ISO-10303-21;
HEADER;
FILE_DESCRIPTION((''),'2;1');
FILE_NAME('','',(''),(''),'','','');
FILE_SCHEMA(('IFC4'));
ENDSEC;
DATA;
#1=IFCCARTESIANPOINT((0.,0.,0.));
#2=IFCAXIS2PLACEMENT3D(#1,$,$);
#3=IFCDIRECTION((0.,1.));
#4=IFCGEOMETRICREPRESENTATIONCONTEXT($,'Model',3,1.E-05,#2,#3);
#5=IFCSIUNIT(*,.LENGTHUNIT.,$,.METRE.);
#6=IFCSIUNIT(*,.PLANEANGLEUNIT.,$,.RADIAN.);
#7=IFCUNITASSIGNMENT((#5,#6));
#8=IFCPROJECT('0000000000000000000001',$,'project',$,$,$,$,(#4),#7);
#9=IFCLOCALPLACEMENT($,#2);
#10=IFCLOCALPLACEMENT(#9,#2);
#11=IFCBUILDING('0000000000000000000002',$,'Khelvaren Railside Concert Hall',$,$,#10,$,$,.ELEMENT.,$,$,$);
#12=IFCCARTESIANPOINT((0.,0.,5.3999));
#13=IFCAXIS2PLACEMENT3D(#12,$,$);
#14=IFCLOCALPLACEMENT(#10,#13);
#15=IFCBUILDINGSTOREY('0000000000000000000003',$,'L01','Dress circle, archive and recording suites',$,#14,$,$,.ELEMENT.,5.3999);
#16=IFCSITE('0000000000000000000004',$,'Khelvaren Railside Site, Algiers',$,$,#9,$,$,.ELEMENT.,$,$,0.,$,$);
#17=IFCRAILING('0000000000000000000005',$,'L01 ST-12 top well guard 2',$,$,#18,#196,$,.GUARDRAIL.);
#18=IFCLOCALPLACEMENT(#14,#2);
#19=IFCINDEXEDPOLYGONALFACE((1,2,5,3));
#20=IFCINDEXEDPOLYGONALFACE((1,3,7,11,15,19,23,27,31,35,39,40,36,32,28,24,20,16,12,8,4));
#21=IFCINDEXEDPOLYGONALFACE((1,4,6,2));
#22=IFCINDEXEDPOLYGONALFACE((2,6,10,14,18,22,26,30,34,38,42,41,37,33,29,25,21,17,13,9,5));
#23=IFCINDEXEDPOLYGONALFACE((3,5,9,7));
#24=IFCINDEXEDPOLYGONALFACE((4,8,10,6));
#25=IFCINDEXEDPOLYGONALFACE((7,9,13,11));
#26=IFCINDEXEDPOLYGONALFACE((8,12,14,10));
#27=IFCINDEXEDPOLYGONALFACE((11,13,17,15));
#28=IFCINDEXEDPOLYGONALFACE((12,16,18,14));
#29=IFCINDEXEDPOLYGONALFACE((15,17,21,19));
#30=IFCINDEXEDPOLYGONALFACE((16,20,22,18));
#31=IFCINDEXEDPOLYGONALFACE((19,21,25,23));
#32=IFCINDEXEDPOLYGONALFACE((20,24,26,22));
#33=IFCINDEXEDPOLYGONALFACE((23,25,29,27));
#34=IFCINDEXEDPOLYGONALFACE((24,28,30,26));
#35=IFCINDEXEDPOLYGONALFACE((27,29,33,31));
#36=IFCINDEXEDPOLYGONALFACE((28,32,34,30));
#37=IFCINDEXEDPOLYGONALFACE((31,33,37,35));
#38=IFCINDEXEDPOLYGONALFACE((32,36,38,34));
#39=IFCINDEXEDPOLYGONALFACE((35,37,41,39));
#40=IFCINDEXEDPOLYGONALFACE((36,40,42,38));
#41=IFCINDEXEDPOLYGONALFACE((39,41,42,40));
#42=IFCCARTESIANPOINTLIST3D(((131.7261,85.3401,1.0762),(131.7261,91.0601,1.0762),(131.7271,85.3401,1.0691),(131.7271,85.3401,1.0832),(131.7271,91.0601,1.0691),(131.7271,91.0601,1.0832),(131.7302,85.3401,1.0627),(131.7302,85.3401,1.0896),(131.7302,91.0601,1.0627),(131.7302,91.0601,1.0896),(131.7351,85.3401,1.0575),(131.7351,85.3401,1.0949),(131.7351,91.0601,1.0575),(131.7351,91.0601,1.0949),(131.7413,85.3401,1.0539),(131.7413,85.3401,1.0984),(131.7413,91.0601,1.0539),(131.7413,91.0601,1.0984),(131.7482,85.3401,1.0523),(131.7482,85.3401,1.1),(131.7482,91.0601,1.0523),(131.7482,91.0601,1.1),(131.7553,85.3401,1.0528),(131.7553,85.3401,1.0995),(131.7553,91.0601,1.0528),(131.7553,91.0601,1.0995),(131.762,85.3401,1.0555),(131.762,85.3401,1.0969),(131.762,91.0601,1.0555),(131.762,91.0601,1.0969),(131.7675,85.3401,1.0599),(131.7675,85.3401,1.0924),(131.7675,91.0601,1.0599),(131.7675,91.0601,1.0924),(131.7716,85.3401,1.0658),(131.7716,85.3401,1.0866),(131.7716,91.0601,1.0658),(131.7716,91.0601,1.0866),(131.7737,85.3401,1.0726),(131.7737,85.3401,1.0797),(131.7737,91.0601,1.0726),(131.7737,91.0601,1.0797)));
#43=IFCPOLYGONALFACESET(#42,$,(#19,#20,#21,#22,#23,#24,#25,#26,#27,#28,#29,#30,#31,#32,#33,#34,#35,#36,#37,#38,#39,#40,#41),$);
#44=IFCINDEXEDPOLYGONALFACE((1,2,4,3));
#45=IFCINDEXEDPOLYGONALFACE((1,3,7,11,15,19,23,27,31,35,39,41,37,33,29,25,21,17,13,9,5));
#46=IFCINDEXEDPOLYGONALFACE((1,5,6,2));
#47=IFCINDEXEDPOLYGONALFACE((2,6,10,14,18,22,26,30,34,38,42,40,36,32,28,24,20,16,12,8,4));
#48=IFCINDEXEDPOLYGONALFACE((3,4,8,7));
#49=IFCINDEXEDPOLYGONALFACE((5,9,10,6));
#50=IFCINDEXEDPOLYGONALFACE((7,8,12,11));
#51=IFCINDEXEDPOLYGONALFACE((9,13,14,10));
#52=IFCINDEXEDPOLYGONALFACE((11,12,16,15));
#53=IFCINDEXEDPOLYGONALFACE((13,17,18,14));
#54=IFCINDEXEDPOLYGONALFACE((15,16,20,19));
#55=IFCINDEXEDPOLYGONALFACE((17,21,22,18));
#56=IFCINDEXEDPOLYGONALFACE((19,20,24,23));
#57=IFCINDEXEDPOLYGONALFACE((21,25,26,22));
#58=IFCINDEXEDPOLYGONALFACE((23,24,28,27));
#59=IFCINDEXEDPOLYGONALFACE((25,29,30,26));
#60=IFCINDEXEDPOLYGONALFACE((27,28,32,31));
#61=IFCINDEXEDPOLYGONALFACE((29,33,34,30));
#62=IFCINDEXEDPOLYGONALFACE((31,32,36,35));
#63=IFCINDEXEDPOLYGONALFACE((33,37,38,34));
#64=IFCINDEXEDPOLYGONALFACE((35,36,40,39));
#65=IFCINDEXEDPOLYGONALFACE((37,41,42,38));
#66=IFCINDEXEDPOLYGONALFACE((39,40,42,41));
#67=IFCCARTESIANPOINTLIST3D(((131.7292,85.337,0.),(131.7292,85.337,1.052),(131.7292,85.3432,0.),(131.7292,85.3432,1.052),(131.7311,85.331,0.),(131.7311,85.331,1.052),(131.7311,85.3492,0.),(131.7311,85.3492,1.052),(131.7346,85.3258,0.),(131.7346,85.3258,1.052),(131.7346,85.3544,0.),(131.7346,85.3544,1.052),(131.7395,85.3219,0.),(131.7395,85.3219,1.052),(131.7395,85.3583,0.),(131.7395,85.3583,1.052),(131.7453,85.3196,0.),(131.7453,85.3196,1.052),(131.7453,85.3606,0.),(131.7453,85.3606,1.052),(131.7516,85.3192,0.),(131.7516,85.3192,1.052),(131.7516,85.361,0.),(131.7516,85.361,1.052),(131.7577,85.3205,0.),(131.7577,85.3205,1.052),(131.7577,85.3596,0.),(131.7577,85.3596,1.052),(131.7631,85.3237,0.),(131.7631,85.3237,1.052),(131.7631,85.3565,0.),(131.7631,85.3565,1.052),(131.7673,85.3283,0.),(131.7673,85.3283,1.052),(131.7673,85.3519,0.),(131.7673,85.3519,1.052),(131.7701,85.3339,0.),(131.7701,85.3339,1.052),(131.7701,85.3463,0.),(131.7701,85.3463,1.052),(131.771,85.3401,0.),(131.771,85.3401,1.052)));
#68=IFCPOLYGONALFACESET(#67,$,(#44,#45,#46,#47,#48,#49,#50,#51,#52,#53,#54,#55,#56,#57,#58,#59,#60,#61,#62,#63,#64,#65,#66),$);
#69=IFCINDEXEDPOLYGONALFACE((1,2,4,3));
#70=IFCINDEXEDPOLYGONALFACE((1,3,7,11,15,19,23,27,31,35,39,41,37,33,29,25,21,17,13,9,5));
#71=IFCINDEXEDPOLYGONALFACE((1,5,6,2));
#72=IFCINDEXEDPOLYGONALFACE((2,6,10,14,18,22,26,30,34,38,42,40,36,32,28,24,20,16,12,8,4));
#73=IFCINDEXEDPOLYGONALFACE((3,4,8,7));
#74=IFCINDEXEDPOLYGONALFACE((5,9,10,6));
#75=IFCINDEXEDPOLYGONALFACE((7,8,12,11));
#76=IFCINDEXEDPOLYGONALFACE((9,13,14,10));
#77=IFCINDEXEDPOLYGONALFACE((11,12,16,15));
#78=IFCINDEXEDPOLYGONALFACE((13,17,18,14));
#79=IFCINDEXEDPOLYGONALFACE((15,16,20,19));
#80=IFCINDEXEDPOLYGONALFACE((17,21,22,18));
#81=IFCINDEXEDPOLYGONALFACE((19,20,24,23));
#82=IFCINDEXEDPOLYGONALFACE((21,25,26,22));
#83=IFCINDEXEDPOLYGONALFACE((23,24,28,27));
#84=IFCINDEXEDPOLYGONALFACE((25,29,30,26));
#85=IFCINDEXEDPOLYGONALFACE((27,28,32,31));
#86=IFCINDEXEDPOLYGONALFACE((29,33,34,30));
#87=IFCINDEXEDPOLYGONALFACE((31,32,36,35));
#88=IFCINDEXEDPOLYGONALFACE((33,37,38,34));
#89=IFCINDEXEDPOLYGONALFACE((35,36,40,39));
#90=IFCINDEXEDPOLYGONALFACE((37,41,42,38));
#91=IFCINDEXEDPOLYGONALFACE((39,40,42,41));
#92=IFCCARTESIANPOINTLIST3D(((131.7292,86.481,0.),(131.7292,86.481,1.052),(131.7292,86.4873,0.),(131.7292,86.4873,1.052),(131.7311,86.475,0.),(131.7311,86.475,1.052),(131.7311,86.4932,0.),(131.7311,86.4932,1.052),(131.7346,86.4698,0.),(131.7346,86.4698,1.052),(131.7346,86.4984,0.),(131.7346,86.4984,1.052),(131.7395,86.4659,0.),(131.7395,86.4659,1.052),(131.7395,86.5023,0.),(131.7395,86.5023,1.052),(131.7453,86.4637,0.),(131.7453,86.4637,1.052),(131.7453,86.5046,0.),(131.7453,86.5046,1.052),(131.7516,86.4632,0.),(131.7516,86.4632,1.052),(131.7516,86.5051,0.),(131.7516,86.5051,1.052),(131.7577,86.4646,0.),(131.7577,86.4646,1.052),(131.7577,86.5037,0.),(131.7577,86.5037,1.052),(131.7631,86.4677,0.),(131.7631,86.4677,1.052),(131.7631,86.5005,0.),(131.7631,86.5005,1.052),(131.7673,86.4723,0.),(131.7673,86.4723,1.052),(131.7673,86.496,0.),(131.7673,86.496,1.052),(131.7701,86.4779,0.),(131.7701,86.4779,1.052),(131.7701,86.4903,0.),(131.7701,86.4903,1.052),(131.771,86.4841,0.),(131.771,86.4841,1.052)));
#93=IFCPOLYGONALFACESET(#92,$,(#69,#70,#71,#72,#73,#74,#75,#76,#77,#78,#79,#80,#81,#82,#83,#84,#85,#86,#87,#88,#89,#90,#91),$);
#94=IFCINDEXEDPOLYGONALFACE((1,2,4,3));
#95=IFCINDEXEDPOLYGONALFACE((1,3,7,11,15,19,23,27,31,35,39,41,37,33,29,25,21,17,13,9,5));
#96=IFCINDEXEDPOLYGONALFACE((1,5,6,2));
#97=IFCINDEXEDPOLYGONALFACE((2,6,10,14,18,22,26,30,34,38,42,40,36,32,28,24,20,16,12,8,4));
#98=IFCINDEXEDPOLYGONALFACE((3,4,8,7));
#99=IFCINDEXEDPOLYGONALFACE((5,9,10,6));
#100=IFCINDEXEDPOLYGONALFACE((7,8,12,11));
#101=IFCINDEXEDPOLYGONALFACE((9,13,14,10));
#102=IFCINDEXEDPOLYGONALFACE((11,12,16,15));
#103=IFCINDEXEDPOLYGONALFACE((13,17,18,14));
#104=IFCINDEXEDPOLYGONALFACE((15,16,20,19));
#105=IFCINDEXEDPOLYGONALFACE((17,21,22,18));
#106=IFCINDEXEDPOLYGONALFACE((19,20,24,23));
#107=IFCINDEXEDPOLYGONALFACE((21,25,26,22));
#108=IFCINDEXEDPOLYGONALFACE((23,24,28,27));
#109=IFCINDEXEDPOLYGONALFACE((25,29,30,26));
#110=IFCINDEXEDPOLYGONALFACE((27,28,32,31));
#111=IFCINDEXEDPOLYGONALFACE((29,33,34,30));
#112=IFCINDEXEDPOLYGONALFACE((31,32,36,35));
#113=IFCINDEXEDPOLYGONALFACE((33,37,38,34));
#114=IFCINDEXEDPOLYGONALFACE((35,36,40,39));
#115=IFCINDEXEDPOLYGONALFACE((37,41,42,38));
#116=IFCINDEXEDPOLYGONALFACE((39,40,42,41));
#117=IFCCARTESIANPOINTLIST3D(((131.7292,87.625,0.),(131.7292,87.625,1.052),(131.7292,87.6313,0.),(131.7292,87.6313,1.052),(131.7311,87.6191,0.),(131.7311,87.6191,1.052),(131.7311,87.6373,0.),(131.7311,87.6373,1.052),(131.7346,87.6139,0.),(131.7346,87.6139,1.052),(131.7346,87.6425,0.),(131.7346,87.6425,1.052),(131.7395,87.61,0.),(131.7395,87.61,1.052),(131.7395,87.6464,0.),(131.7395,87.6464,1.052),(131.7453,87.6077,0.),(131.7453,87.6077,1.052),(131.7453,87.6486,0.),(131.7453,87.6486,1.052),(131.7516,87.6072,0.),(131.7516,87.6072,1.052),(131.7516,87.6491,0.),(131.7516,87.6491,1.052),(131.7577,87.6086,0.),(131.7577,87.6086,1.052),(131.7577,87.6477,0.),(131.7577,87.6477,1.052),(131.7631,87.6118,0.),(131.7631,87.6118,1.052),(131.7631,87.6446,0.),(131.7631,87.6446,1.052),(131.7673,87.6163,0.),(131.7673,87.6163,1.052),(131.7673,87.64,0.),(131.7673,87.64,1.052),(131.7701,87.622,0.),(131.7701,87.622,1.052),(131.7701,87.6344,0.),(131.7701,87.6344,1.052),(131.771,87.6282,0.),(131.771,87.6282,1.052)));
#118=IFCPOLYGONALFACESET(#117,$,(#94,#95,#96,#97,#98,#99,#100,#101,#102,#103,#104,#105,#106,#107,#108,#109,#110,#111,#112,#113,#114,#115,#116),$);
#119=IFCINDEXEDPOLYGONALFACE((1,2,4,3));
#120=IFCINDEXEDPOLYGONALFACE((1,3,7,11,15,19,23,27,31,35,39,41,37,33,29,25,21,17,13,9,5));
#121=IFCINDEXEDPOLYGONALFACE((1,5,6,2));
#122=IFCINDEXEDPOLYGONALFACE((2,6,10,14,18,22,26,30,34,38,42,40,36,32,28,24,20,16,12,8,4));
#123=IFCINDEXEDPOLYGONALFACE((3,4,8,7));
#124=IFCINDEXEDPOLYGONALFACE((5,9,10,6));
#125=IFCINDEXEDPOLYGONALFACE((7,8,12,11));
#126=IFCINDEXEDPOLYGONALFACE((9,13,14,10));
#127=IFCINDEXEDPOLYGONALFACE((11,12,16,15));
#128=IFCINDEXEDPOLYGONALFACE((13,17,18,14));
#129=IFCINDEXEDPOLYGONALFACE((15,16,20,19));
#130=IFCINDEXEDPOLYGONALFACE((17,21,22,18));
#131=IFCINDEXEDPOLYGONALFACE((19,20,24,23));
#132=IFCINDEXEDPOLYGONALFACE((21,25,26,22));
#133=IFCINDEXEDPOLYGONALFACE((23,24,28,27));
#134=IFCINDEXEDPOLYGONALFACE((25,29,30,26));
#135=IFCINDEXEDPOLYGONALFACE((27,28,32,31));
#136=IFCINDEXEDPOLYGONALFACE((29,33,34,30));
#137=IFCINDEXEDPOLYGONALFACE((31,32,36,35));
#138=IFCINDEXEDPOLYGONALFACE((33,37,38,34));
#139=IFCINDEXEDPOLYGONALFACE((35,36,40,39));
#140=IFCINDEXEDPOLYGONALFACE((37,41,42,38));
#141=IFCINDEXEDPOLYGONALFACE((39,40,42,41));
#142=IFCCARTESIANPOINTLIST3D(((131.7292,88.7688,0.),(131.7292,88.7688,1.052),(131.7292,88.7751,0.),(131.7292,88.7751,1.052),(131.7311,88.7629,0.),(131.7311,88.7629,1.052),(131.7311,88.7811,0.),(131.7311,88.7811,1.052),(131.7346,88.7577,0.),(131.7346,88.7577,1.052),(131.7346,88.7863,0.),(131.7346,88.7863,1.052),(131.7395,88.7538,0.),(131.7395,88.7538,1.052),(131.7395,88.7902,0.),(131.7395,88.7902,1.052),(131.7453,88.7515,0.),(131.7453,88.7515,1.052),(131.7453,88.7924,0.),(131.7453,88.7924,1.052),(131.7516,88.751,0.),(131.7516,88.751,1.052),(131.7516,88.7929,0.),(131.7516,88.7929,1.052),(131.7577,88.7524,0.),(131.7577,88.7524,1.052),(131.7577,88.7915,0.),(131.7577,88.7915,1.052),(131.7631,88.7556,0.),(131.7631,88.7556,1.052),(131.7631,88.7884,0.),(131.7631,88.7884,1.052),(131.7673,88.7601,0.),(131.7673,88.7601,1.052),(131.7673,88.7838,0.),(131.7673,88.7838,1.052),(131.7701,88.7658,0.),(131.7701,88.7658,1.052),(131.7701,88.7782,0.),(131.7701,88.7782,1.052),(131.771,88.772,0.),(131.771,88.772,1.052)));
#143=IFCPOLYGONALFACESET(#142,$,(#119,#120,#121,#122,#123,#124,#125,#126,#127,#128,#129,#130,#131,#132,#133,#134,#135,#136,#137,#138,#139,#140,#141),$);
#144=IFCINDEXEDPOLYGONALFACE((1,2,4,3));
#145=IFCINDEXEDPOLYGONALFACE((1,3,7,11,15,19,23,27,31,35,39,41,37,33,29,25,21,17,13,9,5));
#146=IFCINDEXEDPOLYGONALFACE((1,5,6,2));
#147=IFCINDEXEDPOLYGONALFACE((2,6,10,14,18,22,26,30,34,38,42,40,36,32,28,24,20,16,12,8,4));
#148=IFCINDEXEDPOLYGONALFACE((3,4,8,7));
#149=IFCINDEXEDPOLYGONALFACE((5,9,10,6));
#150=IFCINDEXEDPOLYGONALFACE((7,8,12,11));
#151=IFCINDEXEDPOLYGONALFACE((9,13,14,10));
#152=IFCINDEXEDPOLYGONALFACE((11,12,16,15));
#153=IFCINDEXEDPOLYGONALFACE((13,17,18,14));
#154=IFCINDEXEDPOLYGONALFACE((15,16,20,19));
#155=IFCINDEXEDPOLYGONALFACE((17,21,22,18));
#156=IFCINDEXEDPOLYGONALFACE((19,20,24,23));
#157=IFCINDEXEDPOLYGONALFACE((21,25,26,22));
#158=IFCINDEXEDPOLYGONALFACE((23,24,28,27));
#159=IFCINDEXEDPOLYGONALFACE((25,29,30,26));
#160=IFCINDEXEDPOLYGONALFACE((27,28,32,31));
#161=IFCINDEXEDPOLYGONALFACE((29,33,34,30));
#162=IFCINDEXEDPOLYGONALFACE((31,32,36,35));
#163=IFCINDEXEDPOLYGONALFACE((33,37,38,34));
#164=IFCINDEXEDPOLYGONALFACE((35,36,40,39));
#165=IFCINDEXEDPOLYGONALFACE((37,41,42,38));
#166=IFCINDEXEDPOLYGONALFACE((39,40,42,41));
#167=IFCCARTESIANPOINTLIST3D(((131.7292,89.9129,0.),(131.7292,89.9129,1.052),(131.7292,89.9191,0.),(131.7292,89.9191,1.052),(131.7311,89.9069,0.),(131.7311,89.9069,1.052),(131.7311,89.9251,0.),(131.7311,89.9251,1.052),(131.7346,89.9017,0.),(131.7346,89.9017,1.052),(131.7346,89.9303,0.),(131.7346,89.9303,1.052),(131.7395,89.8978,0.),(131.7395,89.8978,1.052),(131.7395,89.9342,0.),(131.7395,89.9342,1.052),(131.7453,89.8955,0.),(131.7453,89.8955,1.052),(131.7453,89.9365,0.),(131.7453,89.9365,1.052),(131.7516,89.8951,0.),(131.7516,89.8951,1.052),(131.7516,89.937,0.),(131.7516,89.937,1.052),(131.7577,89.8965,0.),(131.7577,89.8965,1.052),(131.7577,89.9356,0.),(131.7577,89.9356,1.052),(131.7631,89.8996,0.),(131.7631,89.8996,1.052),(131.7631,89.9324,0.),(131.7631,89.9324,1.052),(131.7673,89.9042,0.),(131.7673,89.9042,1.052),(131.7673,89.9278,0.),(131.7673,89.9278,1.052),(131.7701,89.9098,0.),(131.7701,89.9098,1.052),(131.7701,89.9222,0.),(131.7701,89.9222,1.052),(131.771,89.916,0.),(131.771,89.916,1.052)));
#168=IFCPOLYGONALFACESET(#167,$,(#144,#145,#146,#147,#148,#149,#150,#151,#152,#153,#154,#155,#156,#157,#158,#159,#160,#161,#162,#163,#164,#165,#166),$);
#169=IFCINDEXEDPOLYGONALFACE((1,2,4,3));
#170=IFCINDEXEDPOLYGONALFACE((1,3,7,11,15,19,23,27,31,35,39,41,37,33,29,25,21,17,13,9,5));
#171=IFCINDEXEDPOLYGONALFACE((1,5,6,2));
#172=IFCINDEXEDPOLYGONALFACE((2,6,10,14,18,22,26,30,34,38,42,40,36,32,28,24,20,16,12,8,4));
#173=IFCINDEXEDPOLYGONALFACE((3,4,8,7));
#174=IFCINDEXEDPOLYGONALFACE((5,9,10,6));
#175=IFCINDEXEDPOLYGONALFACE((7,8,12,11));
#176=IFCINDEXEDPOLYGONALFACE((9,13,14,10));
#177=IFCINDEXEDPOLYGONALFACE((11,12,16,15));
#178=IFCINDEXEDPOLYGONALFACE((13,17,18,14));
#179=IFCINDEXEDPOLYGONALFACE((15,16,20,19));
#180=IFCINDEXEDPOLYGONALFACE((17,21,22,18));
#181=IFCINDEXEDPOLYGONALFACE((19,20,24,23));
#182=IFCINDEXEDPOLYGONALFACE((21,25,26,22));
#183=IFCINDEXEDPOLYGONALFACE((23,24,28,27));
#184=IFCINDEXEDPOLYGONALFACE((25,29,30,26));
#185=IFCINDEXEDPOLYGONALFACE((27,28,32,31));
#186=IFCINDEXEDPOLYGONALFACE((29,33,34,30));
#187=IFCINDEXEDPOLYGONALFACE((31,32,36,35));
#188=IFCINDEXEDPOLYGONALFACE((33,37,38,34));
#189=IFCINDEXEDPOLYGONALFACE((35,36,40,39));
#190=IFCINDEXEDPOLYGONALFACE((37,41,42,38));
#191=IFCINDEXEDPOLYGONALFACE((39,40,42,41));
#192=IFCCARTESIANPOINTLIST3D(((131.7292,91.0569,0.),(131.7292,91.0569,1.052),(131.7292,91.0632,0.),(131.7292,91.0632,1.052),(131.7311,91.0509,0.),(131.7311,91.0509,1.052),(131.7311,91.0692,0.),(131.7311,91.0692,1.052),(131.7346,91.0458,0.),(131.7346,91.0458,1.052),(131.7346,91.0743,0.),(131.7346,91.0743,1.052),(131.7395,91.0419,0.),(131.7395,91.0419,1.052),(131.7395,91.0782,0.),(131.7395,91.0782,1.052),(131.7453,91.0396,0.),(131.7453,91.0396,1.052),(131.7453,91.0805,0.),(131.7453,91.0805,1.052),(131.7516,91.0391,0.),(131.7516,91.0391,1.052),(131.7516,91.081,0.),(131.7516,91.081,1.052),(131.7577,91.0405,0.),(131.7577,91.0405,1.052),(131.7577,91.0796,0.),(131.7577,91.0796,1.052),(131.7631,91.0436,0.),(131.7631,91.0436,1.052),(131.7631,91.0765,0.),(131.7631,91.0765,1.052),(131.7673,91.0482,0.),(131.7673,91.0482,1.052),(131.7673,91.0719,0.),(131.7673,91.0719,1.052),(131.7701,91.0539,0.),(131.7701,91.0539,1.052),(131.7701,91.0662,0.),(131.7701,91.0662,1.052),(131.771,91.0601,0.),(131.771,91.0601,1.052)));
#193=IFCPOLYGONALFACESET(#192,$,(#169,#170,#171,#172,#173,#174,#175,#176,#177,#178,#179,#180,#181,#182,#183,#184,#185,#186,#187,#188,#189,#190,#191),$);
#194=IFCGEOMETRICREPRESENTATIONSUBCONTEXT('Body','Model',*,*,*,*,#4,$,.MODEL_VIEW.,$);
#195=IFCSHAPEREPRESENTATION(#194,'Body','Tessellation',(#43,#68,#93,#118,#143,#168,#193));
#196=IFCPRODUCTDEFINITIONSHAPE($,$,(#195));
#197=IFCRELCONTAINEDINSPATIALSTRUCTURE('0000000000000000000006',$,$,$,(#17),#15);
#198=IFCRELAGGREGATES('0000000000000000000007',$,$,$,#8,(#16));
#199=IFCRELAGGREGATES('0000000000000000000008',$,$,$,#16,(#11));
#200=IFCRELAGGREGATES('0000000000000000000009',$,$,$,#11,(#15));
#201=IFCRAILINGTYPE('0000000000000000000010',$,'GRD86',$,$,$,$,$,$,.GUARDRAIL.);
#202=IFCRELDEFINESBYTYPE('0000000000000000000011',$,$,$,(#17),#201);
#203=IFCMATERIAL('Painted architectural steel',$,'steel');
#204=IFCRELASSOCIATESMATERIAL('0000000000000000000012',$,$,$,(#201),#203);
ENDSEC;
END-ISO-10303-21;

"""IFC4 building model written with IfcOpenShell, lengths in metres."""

from ifc_helpers import new_model, si_unit, direction, frame, origin, origin_2d, place, context, subcontext, project, spatial, circle, extrude, material, type_object, element, save


model = new_model("IFC4")

# Units and contexts
model_context = context("Model", 3, precision=1e-05, world=origin(), true_north=direction((0.0, 1.0)))
body_context = subcontext(model_context, "Body", "Model", "MODEL_VIEW")
ifc_project = project(units=[si_unit("LENGTHUNIT", "METRE"), si_unit("PLANEANGLEUNIT", "RADIAN")], contexts=[model_context])

# Site, building, storey
site_placement = place(None, origin())
site = spatial("IfcSite", under=ifc_project, at=site_placement, Name="Khelvaren Railside Site, Algiers", CompositionType="ELEMENT", RefElevation=0.0)
building_placement = place(site_placement, origin())
building = spatial("IfcBuilding", under=site, at=building_placement, Name="Khelvaren Railside Concert Hall", CompositionType="ELEMENT")
storey_placement = place(building_placement, frame((0.0, 0.0, 5.3999)))
storey = spatial("IfcBuildingStorey", under=building, at=storey_placement, Name="L01", Description="Dress circle, archive and recording suites", CompositionType="ELEMENT", Elevation=5.3999)

# Railing
ifc_material_1 = material(Name="Painted architectural steel", Category="steel")
railing_type = type_object("IfcRailingType", Name="GRD86", PredefinedType="GUARDRAIL", material=ifc_material_1)
for number, where, name in (
    (1, (131.75, 85.3401, 0.0), "L01 ST-12 top well guard 2"),
):
    element("IfcRailing", number, at=place(storey_placement, frame(where)), inside=storey, type_object=railing_type, Name=name, PredefinedType="GUARDRAIL", context=body_context, shape_type="SweptSolid", body=[
        extrude(circle(Radius=0.0239, at=origin_2d()), frame((0.0, 0.0, 1.0762), z_axis=(0.0, 1.0, 0.0), x_axis=(-1.0, 0.0, 0.0)), (0.0, 0.0, 1.0), 5.72),
        extrude(circle(Radius=0.021, at=origin_2d()), origin(), (0.0, 0.0, 1.0), 1.052),
        extrude(circle(Radius=0.021, at=origin_2d()), frame((0.0, 1.144, 0.0)), (0.0, 0.0, 1.0), 1.052),
        extrude(circle(Radius=0.021, at=origin_2d()), frame((0.0, 2.2881, 0.0)), (0.0, 0.0, 1.0), 1.052),
        extrude(circle(Radius=0.021, at=origin_2d()), frame((0.0, 3.4319, 0.0)), (0.0, 0.0, 1.0), 1.052),
        extrude(circle(Radius=0.021, at=origin_2d()), frame((0.0, 4.5759, 0.0)), (0.0, 0.0, 1.0), 1.052),
        extrude(circle(Radius=0.021, at=origin_2d()), frame((0.0, 5.72, 0.0)), (0.0, 0.0, 1.0), 1.052),
    ])

save(model, "model.ifc")
